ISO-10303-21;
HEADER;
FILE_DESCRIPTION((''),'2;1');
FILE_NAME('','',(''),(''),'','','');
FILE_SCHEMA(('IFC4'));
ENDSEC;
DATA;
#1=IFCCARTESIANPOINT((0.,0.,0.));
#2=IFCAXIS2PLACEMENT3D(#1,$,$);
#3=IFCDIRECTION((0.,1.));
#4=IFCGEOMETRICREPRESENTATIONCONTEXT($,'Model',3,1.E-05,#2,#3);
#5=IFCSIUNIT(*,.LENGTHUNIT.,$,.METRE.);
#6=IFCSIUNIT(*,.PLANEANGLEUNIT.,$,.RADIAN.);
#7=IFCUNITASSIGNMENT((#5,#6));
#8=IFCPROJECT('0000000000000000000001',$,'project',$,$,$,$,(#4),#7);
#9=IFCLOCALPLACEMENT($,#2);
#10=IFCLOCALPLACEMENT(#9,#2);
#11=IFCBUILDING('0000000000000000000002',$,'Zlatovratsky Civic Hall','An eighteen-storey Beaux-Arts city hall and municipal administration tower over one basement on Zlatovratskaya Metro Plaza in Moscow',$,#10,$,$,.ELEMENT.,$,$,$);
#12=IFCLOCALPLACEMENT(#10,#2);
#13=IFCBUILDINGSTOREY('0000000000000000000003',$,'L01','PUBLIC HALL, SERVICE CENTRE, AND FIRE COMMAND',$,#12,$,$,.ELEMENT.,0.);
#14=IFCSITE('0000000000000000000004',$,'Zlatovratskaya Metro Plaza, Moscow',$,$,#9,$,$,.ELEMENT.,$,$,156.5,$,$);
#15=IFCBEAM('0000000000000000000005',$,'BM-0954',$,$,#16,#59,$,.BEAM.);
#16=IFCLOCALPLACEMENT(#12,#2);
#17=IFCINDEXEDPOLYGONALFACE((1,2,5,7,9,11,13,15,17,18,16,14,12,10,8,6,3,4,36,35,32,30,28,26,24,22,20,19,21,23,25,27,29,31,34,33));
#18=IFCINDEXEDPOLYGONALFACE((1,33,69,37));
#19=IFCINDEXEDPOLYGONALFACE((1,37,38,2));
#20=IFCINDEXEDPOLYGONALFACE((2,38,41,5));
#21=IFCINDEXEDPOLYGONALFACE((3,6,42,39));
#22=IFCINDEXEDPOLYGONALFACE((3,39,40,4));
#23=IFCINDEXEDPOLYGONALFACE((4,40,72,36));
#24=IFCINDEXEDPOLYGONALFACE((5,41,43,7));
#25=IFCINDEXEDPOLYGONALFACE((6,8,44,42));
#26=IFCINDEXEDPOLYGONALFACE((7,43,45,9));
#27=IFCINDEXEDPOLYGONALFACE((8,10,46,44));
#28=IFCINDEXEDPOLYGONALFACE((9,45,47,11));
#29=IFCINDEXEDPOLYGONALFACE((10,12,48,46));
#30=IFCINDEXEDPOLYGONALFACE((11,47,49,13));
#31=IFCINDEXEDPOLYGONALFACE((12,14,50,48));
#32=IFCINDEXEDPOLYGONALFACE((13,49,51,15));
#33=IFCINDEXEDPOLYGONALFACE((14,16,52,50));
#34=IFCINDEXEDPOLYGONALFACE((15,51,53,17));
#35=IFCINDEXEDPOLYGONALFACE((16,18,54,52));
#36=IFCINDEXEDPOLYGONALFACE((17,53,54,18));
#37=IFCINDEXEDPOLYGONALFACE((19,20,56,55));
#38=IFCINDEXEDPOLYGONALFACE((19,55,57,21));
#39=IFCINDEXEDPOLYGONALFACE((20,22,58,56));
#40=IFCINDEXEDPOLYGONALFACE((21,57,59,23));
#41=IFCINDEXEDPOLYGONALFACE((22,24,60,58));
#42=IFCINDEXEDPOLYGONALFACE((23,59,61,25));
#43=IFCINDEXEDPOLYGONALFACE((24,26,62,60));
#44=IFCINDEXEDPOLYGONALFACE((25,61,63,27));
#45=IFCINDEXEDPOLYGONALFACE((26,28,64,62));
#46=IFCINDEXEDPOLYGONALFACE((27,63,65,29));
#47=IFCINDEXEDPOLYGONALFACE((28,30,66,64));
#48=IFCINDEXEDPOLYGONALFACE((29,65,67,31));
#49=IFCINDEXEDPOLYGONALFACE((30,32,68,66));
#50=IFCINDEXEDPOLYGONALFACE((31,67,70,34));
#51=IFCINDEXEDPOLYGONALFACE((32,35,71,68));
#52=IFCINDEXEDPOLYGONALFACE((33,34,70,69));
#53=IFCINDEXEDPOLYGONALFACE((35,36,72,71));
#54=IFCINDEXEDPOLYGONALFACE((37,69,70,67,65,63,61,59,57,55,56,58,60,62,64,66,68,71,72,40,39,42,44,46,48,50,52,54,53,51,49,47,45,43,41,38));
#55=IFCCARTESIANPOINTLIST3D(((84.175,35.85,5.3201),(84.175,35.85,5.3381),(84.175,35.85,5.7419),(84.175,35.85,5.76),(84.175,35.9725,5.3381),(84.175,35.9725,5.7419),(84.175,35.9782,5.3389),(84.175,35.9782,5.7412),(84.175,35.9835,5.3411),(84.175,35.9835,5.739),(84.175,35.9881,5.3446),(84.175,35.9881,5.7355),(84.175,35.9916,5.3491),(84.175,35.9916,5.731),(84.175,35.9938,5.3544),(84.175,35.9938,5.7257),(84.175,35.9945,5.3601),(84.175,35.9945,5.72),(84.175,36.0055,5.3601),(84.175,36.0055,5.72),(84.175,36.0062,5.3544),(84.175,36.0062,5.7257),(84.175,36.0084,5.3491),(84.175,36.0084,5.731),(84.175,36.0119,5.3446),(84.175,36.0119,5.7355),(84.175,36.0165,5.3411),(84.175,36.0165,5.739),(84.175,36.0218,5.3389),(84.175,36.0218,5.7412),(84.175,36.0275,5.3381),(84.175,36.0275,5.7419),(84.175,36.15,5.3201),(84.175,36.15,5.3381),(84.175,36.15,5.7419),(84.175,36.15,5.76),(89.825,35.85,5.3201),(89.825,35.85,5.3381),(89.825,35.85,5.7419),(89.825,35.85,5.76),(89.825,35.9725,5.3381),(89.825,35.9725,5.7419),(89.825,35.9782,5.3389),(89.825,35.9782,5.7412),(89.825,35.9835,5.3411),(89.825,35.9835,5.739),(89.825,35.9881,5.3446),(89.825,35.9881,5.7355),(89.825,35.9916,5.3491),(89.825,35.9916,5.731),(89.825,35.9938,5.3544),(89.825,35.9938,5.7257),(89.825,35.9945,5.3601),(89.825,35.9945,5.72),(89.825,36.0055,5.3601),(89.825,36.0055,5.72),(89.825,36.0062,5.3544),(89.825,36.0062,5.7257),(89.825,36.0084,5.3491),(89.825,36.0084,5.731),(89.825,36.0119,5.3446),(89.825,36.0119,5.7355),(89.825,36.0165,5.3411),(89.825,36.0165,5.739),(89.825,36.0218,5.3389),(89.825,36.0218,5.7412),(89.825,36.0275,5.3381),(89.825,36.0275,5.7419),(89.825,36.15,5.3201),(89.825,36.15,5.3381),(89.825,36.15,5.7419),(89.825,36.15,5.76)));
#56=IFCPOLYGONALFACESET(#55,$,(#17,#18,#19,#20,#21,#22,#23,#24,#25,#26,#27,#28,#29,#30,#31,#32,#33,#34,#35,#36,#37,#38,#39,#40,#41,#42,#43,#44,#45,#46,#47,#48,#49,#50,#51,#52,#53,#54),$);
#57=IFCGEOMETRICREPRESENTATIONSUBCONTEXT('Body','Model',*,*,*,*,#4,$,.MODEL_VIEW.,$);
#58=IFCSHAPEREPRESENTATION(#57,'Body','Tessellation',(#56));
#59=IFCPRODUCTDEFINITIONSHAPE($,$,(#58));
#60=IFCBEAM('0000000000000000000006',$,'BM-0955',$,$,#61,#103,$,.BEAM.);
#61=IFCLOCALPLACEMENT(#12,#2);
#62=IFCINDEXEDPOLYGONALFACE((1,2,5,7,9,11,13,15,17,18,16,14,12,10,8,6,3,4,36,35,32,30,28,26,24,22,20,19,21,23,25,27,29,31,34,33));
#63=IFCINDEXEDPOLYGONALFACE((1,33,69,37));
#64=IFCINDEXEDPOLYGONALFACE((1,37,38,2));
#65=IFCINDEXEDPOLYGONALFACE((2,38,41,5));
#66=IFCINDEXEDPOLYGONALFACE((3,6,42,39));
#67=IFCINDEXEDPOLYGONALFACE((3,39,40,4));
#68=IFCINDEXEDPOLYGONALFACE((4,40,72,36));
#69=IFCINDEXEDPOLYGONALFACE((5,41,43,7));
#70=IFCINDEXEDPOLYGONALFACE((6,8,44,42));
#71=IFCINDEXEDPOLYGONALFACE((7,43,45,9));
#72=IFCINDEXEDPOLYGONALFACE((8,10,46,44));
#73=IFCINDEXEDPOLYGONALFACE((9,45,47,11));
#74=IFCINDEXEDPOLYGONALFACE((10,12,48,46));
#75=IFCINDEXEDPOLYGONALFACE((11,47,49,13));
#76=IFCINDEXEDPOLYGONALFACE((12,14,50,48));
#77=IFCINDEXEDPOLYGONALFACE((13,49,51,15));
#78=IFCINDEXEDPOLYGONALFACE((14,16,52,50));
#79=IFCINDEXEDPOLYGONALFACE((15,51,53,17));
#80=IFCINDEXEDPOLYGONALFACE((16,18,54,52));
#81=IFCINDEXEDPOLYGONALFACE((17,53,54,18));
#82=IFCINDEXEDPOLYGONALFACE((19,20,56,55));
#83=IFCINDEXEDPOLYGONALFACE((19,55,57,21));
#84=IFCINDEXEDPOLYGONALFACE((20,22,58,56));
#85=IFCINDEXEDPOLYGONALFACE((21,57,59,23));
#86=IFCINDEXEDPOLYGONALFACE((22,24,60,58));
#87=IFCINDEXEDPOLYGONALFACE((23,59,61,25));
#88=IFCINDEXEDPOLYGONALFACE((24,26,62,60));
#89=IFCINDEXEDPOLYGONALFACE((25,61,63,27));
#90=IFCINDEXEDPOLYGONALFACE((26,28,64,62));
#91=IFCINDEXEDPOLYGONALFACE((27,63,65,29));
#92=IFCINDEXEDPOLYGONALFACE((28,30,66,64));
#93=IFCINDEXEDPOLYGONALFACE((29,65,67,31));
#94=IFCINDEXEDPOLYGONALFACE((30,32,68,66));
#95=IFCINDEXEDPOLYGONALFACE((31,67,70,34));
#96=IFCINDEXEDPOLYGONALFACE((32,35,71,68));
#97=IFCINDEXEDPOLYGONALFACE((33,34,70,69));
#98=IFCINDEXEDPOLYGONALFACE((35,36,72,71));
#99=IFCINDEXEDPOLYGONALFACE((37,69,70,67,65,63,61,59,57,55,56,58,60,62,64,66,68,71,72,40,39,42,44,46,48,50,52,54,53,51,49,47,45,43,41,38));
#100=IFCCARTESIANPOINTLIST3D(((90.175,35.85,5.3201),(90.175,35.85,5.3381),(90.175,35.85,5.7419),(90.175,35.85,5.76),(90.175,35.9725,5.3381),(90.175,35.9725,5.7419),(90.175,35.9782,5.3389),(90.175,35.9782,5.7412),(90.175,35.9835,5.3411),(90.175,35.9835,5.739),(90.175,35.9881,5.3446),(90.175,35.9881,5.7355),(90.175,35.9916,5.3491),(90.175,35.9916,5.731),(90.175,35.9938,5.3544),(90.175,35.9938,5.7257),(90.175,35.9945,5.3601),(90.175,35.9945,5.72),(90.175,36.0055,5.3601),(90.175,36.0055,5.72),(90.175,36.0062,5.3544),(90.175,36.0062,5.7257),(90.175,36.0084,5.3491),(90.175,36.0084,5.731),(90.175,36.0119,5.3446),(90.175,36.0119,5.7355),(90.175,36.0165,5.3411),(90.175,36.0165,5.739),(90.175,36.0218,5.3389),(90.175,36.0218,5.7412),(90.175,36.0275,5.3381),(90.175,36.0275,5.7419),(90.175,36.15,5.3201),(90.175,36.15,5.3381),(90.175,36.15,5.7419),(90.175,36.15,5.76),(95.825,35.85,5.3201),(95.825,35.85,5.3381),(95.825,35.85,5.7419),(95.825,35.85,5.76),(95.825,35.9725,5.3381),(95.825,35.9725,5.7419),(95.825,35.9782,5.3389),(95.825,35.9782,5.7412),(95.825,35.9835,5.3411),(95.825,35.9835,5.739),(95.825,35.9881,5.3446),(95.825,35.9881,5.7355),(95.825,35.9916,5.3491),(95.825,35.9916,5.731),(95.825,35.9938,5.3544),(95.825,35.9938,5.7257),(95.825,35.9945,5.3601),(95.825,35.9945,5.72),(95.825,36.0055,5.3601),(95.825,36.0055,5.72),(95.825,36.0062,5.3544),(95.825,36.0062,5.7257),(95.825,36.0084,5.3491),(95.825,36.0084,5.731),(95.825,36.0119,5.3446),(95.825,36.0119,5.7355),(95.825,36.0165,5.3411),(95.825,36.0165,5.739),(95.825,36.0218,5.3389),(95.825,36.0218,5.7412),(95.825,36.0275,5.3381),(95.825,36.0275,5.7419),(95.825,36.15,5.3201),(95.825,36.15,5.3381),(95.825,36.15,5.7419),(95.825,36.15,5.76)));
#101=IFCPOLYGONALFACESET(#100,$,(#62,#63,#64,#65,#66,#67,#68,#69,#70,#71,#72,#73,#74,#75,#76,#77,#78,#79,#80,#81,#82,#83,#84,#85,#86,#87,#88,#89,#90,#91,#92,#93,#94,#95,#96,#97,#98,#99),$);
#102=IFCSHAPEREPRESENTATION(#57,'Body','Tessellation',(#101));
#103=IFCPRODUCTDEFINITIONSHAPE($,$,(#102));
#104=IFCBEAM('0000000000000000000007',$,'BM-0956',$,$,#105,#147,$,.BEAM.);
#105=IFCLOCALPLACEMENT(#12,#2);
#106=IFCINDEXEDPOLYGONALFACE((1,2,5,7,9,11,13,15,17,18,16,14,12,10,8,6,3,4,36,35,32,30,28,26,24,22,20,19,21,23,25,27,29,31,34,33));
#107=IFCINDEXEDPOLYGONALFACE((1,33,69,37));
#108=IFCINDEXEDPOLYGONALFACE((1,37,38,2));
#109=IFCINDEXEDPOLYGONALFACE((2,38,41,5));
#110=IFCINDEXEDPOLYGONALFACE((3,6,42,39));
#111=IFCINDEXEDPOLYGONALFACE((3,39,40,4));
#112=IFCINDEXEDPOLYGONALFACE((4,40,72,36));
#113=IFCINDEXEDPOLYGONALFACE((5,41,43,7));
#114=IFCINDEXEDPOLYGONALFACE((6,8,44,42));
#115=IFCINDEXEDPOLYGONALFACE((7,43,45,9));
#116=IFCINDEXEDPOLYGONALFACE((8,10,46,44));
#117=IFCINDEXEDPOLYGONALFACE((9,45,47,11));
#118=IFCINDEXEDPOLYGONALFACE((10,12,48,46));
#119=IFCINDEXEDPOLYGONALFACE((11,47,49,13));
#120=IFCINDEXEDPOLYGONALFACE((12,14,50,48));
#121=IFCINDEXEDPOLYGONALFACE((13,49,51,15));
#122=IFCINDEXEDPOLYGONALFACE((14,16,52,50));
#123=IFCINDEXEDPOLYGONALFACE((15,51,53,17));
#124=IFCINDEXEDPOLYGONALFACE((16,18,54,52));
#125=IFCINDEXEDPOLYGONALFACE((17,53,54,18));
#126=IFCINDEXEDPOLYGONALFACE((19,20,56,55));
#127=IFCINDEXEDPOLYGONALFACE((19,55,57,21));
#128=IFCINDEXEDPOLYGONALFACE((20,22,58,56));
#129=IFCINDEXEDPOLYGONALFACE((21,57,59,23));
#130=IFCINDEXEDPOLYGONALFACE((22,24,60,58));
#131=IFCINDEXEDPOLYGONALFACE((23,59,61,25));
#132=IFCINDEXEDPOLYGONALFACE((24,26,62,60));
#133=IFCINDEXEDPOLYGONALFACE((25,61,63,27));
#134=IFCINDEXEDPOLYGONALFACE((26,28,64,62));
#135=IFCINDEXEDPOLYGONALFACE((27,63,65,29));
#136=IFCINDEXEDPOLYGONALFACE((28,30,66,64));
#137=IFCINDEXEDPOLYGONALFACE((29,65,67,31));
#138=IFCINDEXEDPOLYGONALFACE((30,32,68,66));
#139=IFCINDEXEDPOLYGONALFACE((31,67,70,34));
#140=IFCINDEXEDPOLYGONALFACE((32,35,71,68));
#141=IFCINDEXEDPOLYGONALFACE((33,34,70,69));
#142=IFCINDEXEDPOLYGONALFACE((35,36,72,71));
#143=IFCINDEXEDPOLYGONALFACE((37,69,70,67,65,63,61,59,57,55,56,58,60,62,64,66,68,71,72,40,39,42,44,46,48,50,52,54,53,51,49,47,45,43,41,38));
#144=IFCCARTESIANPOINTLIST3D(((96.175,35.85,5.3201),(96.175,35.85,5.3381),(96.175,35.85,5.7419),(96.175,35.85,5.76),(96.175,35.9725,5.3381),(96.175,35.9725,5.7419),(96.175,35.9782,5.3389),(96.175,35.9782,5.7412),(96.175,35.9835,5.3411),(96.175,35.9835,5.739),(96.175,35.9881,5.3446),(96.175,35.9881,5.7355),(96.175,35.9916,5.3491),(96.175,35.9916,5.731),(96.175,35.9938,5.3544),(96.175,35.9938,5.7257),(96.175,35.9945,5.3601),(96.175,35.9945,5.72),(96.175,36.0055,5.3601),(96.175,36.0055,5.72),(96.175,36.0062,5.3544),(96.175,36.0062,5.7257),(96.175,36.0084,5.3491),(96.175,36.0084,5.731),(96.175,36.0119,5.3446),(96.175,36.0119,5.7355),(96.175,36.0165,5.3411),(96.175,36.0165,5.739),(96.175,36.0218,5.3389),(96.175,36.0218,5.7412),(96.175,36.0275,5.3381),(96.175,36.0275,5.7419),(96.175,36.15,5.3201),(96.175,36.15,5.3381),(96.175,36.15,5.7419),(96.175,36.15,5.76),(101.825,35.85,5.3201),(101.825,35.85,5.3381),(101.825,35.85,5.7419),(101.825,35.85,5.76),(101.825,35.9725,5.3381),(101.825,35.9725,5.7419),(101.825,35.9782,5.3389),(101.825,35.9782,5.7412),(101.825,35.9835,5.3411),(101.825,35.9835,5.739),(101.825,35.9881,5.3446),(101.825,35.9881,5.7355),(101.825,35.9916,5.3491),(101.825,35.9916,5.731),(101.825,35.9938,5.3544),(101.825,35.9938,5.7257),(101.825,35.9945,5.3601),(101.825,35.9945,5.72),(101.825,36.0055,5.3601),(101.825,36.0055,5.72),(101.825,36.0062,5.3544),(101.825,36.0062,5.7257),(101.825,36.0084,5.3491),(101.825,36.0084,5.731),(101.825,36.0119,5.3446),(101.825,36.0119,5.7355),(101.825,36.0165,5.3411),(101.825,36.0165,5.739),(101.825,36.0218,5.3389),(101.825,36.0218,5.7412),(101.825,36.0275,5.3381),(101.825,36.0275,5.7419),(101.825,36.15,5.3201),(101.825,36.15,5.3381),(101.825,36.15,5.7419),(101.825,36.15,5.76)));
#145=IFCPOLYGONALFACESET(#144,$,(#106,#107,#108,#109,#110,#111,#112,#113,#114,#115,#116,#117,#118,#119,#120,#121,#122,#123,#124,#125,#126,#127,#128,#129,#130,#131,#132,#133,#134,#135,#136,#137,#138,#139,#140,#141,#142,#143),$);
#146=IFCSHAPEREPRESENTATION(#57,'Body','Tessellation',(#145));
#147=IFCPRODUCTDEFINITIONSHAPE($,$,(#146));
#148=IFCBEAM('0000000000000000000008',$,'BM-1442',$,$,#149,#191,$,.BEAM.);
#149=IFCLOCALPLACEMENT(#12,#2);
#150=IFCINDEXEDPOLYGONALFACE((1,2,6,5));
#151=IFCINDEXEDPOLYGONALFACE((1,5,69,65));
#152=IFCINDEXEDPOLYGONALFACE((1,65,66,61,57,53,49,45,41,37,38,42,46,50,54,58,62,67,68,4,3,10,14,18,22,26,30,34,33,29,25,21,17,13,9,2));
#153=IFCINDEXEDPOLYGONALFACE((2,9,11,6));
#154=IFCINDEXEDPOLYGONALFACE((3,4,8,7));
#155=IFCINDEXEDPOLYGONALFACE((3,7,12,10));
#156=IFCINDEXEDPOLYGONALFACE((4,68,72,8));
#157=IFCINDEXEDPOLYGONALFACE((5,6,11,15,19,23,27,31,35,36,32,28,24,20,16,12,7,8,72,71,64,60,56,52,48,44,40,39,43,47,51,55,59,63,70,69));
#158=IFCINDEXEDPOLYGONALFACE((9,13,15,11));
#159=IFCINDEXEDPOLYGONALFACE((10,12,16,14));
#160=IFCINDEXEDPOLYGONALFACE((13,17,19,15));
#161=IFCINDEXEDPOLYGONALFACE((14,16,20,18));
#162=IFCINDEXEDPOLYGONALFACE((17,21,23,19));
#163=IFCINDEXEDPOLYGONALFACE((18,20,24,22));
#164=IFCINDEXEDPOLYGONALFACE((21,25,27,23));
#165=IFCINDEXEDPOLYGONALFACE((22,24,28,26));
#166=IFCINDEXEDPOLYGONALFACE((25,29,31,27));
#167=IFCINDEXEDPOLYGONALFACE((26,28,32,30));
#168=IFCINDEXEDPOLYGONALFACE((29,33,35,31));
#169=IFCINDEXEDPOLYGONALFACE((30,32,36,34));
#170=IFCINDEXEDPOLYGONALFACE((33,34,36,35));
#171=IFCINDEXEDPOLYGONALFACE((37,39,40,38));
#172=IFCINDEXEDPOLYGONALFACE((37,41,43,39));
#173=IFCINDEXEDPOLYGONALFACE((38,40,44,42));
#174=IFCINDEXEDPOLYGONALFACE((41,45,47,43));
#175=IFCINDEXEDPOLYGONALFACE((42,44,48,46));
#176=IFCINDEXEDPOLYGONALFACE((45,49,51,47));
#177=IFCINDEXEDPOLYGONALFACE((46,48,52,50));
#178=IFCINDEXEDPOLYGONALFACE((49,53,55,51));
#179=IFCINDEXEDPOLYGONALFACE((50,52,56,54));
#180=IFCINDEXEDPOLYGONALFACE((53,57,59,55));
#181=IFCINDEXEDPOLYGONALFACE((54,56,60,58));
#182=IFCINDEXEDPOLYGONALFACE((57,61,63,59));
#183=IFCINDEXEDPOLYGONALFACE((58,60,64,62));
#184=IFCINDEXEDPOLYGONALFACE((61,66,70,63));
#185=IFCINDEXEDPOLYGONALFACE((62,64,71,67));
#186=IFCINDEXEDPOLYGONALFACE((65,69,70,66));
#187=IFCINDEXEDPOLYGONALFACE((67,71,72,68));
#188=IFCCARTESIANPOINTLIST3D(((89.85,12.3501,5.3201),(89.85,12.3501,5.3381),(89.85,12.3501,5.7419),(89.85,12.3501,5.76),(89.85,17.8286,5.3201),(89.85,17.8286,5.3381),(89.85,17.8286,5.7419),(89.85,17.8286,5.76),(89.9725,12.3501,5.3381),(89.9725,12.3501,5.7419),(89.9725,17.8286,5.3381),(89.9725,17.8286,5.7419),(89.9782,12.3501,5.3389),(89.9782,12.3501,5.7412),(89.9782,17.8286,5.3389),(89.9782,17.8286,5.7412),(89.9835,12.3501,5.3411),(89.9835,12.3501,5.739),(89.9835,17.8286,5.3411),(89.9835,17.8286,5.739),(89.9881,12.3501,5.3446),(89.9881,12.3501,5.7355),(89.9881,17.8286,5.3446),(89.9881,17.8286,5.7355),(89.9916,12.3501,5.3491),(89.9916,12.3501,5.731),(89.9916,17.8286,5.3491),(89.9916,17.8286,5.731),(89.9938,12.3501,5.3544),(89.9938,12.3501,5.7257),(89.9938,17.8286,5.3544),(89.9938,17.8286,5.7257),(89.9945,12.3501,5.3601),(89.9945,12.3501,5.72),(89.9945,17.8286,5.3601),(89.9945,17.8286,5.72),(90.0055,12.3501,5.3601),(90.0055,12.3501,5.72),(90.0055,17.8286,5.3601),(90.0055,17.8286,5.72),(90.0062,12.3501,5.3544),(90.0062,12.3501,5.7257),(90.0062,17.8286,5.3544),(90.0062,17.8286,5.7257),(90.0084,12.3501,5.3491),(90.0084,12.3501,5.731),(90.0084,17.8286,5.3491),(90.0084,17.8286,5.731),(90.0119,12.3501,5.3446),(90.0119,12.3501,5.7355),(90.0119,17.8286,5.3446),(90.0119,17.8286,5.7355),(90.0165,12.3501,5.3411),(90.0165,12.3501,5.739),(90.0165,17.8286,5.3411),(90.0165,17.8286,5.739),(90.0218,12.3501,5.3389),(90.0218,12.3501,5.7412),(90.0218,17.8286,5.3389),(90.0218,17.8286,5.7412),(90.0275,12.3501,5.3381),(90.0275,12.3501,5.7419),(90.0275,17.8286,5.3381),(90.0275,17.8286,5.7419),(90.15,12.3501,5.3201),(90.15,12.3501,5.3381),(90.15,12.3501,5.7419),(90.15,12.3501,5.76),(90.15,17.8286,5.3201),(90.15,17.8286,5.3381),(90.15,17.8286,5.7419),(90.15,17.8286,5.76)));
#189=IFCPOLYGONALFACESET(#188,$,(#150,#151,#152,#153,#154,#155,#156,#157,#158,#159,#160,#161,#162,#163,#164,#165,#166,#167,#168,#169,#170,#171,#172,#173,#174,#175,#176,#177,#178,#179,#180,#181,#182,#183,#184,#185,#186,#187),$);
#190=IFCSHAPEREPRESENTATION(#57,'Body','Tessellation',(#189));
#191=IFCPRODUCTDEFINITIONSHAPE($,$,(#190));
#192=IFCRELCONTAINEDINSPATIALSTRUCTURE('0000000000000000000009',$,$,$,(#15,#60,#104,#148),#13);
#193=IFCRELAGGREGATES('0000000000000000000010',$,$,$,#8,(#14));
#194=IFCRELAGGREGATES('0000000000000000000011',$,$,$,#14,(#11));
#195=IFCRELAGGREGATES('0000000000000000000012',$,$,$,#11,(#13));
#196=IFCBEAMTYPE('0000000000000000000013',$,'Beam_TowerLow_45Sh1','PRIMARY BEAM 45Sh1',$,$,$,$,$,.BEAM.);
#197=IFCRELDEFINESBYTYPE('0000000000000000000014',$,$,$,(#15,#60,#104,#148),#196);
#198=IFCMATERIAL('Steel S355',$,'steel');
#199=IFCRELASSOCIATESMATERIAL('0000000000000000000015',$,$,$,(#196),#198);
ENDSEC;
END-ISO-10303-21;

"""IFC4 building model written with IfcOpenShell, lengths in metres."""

from ifc_helpers import new_model, si_unit, direction, frame, origin, origin_2d, place, context, subcontext, project, spatial, i_section, extrude, material, material_profile, profile_set, type_object, element, save


model = new_model("IFC4")

# Units and contexts
model_context = context("Model", 3, precision=1e-05, world=origin(), true_north=direction((0.0, 1.0)))
body_context = subcontext(model_context, "Body", "Model", "MODEL_VIEW")
ifc_project = project(units=[si_unit("LENGTHUNIT", "METRE"), si_unit("PLANEANGLEUNIT", "RADIAN")], contexts=[model_context])

# Site, building, storey
site_placement = place(None, origin())
site = spatial("IfcSite", under=ifc_project, at=site_placement, Name="Zlatovratskaya Metro Plaza, Moscow", CompositionType="ELEMENT", RefElevation=156.5)
building_placement = place(site_placement, origin())
building = spatial("IfcBuilding", under=site, at=building_placement, Name="Zlatovratsky Civic Hall", Description="An eighteen-storey Beaux-Arts city hall and municipal administration tower over one basement on Zlatovratskaya Metro Plaza in Moscow", CompositionType="ELEMENT")
storey_placement = place(building_placement, origin())
storey = spatial("IfcBuildingStorey", under=building, at=storey_placement, Name="L01", Description="PUBLIC HALL, SERVICE CENTRE, AND FIRE COMMAND", CompositionType="ELEMENT", Elevation=0.0)

# Shared definitions
ifc_material_1 = material(Name="Steel S355", Category="steel")

# Beams
ifc_material_profile_1 = material_profile(ifc_material_1, i_section(OverallWidth=0.3, OverallDepth=0.4399, WebThickness=0.011, FlangeThickness=0.0181, FilletRadius=0.022, at=origin_2d()), Name="45Sh1")
ifc_profile_set_1 = profile_set([ifc_material_profile_1], Name="Steel S355")
beam_type_1 = type_object("IfcBeamType", Name="Beam_TowerLow_45Sh1", Description="PRIMARY BEAM 45Sh1", PredefinedType="BEAM", material=ifc_profile_set_1)
for number, where, z_axis, x_axis, name in (
    (1, (84.175, 36.0, 5.54), (1.0, 0.0, 0.0), (0.0, 1.0, 0.0), "BM-0954"),
    (2, (90.175, 36.0, 5.54), (1.0, 0.0, 0.0), (0.0, 1.0, 0.0), "BM-0955"),
    (3, (96.175, 36.0, 5.54), (1.0, 0.0, 0.0), (0.0, 1.0, 0.0), "BM-0956"),
):
    element("IfcBeam", number, at=place(storey_placement, frame(where, z_axis=z_axis, x_axis=x_axis)), inside=storey, type_object=beam_type_1, Name=name, PredefinedType="BEAM", context=body_context, shape_type="SweptSolid", body=[
        extrude(i_section(OverallWidth=0.3, OverallDepth=0.4399, WebThickness=0.011, FlangeThickness=0.0181, FilletRadius=0.022, at=origin_2d()), origin(), (0.0, 0.0, 1.0), 5.6499),
    ])
beam_1_placement = place(storey_placement, frame((90.0, 12.3501, 5.54), z_axis=(0.0, 1.0, 0.0), x_axis=(-1.0, 0.0, 0.0)))
element("IfcBeam", 4, at=beam_1_placement, inside=storey, type_object=beam_type_1, Name="BM-1442", PredefinedType="BEAM", context=body_context, shape_type="SweptSolid", body=[
    extrude(i_section(OverallWidth=0.3, OverallDepth=0.4399, WebThickness=0.011, FlangeThickness=0.0181, FilletRadius=0.022, at=origin_2d()), origin(), (0.0, 0.0, 1.0), 5.4785),
])

save(model, "model.ifc")
